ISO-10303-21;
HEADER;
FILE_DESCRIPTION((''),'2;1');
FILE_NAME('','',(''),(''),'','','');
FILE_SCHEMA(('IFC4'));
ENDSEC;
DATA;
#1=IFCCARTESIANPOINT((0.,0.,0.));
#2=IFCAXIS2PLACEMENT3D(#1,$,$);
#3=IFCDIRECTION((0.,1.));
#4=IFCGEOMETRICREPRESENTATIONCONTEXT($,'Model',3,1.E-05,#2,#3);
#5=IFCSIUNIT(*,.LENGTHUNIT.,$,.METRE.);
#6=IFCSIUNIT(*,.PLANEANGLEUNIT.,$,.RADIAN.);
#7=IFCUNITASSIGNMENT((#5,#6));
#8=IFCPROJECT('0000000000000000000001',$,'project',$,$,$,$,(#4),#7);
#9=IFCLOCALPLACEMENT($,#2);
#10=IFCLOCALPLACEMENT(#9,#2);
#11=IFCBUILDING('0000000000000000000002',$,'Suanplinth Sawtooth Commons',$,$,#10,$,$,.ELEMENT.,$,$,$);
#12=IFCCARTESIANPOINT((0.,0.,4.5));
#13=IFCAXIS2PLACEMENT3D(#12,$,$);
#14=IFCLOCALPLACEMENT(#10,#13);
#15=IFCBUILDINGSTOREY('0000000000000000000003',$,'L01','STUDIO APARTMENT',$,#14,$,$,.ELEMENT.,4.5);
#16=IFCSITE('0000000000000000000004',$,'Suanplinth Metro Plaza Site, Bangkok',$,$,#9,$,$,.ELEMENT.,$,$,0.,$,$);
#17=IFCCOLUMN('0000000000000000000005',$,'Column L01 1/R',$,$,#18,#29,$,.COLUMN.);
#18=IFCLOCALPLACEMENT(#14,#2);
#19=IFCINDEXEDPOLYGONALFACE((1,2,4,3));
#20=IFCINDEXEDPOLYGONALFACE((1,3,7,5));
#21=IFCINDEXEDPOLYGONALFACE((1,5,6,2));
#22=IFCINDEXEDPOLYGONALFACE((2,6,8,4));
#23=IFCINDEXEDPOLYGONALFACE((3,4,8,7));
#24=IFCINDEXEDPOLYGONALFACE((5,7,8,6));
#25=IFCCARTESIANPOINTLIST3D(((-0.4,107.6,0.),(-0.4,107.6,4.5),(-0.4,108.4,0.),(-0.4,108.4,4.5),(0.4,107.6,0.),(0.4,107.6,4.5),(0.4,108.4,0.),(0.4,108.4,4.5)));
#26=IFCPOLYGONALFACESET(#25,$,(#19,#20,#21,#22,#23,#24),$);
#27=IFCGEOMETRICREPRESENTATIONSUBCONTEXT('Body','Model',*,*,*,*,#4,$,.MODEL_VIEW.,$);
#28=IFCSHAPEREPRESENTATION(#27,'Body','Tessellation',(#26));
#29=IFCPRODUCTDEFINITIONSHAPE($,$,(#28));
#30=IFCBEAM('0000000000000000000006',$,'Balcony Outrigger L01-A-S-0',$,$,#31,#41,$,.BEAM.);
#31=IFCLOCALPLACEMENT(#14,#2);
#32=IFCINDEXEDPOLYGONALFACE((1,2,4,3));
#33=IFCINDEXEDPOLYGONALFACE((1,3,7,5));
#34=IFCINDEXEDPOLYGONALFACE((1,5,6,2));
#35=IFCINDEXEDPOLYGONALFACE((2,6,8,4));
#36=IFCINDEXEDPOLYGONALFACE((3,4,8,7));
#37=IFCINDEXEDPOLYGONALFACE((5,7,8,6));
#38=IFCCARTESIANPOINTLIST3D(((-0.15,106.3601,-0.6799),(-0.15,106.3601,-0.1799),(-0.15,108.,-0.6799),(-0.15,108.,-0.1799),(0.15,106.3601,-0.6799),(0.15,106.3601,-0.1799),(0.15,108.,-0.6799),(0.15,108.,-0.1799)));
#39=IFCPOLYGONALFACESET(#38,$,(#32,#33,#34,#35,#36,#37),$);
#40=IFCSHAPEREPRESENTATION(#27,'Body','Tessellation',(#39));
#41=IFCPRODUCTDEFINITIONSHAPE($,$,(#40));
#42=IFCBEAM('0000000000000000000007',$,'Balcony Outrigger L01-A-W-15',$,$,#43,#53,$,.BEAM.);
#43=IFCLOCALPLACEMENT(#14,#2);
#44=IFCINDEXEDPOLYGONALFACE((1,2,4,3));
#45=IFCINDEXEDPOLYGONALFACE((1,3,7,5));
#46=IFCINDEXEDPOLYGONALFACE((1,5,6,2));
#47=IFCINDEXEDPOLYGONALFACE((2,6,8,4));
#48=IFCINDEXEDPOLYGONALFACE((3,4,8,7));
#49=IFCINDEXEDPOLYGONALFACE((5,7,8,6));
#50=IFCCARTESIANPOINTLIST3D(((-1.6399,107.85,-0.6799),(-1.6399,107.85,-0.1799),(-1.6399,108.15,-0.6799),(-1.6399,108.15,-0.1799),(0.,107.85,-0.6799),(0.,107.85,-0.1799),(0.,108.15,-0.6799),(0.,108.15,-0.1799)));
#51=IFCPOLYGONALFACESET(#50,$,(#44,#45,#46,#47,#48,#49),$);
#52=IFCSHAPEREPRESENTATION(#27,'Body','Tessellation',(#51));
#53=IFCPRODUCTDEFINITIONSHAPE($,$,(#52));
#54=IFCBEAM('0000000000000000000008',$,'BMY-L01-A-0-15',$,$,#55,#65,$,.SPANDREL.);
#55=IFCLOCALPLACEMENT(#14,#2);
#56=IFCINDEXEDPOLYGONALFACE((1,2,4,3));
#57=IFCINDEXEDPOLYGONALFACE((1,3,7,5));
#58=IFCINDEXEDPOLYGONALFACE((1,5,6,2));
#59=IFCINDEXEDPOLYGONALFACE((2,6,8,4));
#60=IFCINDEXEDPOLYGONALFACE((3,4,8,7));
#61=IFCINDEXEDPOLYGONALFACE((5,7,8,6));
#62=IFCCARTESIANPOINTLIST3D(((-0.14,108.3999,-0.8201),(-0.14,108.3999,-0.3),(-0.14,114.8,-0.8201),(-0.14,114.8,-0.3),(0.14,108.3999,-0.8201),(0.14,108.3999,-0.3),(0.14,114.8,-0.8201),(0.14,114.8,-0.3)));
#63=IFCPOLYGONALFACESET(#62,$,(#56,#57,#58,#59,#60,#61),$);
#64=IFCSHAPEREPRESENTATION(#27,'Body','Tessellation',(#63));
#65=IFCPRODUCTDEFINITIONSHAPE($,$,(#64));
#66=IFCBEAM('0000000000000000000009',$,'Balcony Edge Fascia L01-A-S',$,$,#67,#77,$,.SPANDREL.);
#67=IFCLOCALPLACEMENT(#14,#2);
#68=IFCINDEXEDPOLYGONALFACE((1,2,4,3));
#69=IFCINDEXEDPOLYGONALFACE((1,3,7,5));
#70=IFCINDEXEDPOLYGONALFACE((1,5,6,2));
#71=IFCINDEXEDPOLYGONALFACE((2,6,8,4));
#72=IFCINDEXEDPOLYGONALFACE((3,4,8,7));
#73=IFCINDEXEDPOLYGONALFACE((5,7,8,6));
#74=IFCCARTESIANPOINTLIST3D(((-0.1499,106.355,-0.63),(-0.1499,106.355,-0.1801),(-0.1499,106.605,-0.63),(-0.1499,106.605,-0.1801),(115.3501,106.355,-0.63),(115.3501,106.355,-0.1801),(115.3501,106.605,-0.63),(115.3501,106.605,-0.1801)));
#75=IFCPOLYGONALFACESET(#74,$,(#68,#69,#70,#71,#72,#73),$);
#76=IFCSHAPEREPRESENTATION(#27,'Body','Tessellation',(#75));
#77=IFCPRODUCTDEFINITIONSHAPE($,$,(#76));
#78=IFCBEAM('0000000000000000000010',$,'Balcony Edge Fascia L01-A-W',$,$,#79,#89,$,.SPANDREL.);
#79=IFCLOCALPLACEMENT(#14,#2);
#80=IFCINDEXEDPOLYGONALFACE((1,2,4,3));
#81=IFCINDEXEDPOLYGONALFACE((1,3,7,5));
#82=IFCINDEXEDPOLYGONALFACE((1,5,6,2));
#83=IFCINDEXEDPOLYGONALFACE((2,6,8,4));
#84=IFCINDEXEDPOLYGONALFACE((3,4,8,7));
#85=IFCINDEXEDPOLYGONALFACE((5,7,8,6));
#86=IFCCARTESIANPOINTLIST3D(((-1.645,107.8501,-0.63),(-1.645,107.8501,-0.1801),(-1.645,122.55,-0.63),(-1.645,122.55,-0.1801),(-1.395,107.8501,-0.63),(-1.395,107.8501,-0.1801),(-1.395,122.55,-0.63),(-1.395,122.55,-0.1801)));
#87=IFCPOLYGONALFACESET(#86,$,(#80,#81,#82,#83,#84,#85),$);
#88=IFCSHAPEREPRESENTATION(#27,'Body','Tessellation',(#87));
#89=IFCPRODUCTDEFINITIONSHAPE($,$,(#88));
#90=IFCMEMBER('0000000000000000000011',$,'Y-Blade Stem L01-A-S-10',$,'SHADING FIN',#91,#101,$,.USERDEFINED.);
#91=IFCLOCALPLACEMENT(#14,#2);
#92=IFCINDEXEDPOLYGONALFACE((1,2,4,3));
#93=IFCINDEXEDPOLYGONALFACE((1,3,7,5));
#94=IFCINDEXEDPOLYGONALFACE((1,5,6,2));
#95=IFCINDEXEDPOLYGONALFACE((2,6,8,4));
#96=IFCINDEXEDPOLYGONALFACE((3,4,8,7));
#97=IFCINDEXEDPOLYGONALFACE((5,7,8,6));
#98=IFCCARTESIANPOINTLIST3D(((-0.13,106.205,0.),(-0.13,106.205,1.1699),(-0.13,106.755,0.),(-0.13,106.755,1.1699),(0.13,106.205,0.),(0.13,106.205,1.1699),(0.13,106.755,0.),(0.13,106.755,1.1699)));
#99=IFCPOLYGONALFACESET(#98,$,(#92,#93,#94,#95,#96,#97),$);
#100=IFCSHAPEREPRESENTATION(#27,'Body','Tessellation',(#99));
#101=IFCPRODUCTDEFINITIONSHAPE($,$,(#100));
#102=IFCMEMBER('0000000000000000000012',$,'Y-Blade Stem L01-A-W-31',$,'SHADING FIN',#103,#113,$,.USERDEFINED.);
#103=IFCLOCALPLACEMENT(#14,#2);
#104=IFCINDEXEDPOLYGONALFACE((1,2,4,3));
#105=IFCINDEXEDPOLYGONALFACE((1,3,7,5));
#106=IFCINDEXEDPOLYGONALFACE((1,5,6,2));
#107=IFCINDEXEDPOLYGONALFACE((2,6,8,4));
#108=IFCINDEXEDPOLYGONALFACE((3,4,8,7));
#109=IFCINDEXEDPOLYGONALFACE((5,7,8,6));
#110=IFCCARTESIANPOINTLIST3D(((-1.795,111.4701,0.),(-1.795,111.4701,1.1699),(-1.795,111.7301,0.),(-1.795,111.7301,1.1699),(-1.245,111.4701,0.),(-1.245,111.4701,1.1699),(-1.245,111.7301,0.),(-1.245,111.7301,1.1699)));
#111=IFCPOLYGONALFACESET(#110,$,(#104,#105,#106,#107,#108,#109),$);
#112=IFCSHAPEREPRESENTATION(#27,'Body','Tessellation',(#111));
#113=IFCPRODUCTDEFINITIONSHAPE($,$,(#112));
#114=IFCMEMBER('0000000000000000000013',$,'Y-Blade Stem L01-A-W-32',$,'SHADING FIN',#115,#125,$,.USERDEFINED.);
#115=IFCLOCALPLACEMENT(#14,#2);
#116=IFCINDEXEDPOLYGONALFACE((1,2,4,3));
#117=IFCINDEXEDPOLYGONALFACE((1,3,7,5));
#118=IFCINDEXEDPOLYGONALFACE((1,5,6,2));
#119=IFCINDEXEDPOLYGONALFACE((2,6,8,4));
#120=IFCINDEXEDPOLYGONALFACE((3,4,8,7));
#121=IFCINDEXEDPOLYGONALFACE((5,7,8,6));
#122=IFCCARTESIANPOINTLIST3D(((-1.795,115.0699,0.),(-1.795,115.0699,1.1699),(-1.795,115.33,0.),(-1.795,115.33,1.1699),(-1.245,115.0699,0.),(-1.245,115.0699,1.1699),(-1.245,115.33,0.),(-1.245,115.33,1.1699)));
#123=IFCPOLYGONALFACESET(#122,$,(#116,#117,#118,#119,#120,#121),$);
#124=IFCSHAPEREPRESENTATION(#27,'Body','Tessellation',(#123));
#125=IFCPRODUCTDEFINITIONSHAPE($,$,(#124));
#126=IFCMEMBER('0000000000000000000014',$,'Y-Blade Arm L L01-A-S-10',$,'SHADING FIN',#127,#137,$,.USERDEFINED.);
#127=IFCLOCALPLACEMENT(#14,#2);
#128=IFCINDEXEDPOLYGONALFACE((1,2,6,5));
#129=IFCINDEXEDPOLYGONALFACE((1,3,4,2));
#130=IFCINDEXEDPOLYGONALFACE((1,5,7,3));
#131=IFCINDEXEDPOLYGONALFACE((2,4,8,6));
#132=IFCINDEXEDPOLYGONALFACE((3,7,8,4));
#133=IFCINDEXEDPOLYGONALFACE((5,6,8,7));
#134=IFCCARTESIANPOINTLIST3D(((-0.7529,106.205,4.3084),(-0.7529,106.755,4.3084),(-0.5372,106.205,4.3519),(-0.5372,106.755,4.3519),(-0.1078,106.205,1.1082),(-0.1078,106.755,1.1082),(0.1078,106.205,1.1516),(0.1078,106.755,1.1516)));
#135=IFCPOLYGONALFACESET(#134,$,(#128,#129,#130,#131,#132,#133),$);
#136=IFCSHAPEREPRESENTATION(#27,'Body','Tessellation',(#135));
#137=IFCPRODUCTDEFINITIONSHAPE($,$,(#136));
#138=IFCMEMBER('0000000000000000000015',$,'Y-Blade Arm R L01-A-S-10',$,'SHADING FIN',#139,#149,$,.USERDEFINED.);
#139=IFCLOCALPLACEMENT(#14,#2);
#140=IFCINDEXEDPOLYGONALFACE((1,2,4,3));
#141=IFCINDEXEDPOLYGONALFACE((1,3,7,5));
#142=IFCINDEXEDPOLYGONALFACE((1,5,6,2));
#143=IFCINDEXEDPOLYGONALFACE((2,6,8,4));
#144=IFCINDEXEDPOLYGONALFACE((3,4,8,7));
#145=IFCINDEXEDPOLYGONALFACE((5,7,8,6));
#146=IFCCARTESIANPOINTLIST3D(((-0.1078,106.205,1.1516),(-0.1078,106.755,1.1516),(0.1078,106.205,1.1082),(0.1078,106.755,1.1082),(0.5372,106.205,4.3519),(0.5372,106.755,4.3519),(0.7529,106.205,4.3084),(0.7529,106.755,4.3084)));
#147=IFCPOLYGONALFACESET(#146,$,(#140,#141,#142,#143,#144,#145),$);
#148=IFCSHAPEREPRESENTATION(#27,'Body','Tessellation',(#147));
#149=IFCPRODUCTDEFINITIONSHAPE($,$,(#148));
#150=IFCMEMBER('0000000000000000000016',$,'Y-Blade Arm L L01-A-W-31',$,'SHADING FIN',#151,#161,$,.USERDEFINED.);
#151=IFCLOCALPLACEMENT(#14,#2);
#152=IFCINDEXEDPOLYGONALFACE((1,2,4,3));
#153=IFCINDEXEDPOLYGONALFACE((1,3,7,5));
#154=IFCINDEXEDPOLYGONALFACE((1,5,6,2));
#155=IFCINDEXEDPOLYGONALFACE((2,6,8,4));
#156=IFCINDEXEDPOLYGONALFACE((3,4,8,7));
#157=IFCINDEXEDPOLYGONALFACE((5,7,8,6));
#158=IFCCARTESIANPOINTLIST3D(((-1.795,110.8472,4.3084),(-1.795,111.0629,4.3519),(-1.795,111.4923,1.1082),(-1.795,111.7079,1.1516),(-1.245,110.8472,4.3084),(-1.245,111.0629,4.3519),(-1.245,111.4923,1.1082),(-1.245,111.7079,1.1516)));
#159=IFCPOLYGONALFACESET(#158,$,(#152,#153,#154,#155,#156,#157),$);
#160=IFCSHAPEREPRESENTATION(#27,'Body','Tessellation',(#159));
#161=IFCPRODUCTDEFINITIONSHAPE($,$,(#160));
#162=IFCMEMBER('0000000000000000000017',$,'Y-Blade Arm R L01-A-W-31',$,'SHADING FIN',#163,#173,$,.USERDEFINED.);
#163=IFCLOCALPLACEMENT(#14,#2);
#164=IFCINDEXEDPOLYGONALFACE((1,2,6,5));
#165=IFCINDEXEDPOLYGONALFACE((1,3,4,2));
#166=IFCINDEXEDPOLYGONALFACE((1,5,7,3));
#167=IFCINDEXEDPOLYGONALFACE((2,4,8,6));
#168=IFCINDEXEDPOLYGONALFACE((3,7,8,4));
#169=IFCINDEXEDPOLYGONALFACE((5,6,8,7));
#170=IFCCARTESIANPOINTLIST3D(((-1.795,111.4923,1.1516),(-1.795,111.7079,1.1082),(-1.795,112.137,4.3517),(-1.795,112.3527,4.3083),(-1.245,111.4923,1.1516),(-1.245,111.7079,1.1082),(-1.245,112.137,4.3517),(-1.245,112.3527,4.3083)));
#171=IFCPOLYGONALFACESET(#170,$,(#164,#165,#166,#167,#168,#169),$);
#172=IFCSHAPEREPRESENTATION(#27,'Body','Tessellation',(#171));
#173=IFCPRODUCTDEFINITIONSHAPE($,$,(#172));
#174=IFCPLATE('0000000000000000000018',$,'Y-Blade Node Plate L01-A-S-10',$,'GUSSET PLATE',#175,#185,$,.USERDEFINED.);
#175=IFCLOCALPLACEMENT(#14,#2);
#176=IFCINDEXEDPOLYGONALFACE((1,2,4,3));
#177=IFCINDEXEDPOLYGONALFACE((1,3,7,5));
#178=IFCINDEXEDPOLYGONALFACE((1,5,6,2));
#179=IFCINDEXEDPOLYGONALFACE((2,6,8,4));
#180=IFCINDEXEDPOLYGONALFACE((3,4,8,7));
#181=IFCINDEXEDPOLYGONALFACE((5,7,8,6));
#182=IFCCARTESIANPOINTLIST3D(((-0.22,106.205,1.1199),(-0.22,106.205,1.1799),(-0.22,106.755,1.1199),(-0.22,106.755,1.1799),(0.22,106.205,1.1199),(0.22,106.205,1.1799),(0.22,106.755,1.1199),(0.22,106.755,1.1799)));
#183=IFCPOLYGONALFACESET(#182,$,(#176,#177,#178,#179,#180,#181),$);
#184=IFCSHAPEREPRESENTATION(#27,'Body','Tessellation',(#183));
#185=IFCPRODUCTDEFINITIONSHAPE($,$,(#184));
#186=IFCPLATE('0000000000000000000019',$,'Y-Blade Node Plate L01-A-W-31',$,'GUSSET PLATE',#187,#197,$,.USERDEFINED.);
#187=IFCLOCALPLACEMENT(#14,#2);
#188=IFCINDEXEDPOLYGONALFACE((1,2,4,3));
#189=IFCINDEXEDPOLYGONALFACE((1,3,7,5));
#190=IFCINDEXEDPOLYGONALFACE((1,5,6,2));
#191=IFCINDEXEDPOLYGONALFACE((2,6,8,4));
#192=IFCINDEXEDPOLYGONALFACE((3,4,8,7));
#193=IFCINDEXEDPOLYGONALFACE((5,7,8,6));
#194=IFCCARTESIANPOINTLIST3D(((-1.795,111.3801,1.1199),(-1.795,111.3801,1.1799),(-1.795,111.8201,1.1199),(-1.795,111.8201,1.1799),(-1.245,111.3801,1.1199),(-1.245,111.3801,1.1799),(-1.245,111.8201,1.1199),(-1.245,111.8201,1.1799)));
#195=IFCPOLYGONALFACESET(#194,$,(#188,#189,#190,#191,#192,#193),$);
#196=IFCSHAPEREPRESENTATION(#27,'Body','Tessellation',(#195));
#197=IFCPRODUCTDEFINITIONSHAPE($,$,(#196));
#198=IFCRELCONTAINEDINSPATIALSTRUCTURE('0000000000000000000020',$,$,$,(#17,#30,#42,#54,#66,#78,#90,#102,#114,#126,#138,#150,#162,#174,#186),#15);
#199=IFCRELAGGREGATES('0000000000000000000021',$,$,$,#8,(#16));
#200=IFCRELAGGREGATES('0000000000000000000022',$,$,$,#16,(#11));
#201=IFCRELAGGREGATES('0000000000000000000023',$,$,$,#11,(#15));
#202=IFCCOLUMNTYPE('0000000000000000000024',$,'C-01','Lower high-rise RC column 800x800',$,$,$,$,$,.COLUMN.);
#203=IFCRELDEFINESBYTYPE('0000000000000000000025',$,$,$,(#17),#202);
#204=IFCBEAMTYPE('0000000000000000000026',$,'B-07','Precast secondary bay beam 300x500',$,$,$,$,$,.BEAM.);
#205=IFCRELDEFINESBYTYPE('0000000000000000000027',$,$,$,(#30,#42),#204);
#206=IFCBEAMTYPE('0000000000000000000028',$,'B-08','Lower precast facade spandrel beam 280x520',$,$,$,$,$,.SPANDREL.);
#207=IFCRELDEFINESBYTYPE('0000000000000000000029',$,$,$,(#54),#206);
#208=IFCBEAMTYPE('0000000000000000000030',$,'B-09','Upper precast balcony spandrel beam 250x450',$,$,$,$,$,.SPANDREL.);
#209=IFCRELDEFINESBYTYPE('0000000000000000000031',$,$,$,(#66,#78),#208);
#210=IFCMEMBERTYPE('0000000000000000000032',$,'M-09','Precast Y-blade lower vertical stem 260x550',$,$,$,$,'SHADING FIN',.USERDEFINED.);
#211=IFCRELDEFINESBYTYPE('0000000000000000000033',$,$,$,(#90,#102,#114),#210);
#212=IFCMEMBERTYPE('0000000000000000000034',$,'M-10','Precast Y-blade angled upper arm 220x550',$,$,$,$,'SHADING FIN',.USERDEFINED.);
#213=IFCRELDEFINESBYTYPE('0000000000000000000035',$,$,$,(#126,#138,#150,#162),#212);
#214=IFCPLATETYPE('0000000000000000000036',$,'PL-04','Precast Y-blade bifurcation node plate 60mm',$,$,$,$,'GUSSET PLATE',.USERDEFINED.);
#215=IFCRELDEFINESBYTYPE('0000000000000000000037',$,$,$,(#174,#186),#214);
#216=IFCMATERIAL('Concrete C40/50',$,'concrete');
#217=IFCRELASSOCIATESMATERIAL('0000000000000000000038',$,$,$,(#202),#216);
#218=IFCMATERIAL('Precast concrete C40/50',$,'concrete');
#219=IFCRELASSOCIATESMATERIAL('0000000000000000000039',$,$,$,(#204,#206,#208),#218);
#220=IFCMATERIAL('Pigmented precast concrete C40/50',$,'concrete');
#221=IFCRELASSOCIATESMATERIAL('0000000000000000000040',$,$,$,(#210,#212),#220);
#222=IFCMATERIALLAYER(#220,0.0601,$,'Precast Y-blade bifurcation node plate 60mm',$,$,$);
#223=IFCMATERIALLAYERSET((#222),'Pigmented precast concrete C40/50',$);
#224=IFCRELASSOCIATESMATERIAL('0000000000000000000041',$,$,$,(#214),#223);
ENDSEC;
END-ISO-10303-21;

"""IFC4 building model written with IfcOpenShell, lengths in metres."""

from ifc_helpers import new_model, si_unit, direction, frame, origin, origin_2d, place, context, subcontext, project, spatial, rectangle, extrude, material, layer, layer_set, material_profile, profile_set, type_object, element, save


model = new_model("IFC4")

# Units and contexts
model_context = context("Model", 3, precision=1e-05, world=origin(), true_north=direction((0.0, 1.0)))
body_context = subcontext(model_context, "Body", "Model", "MODEL_VIEW")
ifc_project = project(units=[si_unit("LENGTHUNIT", "METRE"), si_unit("PLANEANGLEUNIT", "RADIAN")], contexts=[model_context])

# Site, building, storey
site_placement = place(None, origin())
site = spatial("IfcSite", under=ifc_project, at=site_placement, Name="Suanplinth Metro Plaza Site, Bangkok", CompositionType="ELEMENT", RefElevation=0.0)
building_placement = place(site_placement, origin())
building = spatial("IfcBuilding", under=site, at=building_placement, Name="Suanplinth Sawtooth Commons", CompositionType="ELEMENT")
storey_placement = place(building_placement, frame((0.0, 0.0, 4.5)))
storey = spatial("IfcBuildingStorey", under=building, at=storey_placement, Name="L01", Description="STUDIO APARTMENT", CompositionType="ELEMENT", Elevation=4.5)

# Column
ifc_material_1 = material(Name="Concrete C40/50", Category="concrete")
ifc_material_profile_1 = material_profile(ifc_material_1, rectangle(XDim=0.8, YDim=0.8, at=origin_2d()), Name="RC-COL 800x800")
ifc_profile_set_1 = profile_set([ifc_material_profile_1], Name="Concrete C40/50")
column_type = type_object("IfcColumnType", Name="C-01", Description="Lower high-rise RC column 800x800", PredefinedType="COLUMN", material=ifc_profile_set_1)
column_placement = place(storey_placement, frame((0.0, 108.0, 0.0), z_axis=(0.0, 0.0, 1.0), x_axis=(1.0, 0.0, 0.0)))
element("IfcColumn", 1, at=column_placement, inside=storey, type_object=column_type, Name="Column L01 1/R", PredefinedType="COLUMN", context=body_context, shape_type="SweptSolid", body=[
    extrude(rectangle(XDim=0.8, YDim=0.8, at=origin_2d()), origin(), (0.0, 0.0, 1.0), 4.5),
])

# Beams
ifc_material_2 = material(Name="Precast concrete C40/50", Category="concrete")
ifc_material_profile_2 = material_profile(ifc_material_2, rectangle(XDim=0.3, YDim=0.5, at=origin_2d()), Name="PC-BM 300x500")
ifc_profile_set_2 = profile_set([ifc_material_profile_2], Name="Precast concrete C40/50")
beam_type_1 = type_object("IfcBeamType", Name="B-07", Description="Precast secondary bay beam 300x500", PredefinedType="BEAM", material=ifc_profile_set_2)
for number, where, z_axis, x_axis, name in (
    (2, (0.0, 108.0, -0.4299), (0.0, -1.0, 0.0), (1.0, 0.0, 0.0), "Balcony Outrigger L01-A-S-0"),
    (3, (0.0, 108.0, -0.4299), (-1.0, 0.0, 0.0), (0.0, -1.0, 0.0), "Balcony Outrigger L01-A-W-15"),
):
    element("IfcBeam", number, at=place(storey_placement, frame(where, z_axis=z_axis, x_axis=x_axis)), inside=storey, type_object=beam_type_1, Name=name, PredefinedType="BEAM", context=body_context, shape_type="SweptSolid", body=[
        extrude(rectangle(XDim=0.3, YDim=0.5, at=origin_2d()), origin(), (0.0, 0.0, 1.0), 1.6399),
    ])
ifc_material_profile_3 = material_profile(ifc_material_2, rectangle(XDim=0.28, YDim=0.52, at=origin_2d()), Name="PC-SP 280x520")
ifc_profile_set_3 = profile_set([ifc_material_profile_3], Name="Precast concrete C40/50")
beam_type_2 = type_object("IfcBeamType", Name="B-08", Description="Lower precast facade spandrel beam 280x520", PredefinedType="SPANDREL", material=ifc_profile_set_3)
beam_1_placement = place(storey_placement, frame((0.0, 108.3999, -0.5601), z_axis=(0.0, 1.0, 0.0), x_axis=(-1.0, 0.0, 0.0)))
element("IfcBeam", 4, at=beam_1_placement, inside=storey, type_object=beam_type_2, Name="BMY-L01-A-0-15", PredefinedType="SPANDREL", context=body_context, shape_type="SweptSolid", body=[
    extrude(rectangle(XDim=0.28, YDim=0.52, at=origin_2d()), origin(), (0.0, 0.0, 1.0), 6.4001),
])
ifc_material_profile_4 = material_profile(ifc_material_2, rectangle(XDim=0.25, YDim=0.45, at=origin_2d()), Name="PC-SP 250x450")
ifc_profile_set_4 = profile_set([ifc_material_profile_4], Name="Precast concrete C40/50")
beam_type_3 = type_object("IfcBeamType", Name="B-09", Description="Upper precast balcony spandrel beam 250x450", PredefinedType="SPANDREL", material=ifc_profile_set_4)
beam_2_placement = place(storey_placement, frame((-0.1499, 106.48, -0.405), z_axis=(1.0, 0.0, 0.0), x_axis=(0.0, 1.0, 0.0)))
element("IfcBeam", 5, at=beam_2_placement, inside=storey, type_object=beam_type_3, Name="Balcony Edge Fascia L01-A-S", PredefinedType="SPANDREL", context=body_context, shape_type="SweptSolid", body=[
    extrude(rectangle(XDim=0.25, YDim=0.45, at=origin_2d()), origin(), (0.0, 0.0, 1.0), 115.5),
])
beam_3_placement = place(storey_placement, frame((-1.52, 107.8501, -0.405), z_axis=(0.0, 1.0, 0.0), x_axis=(-1.0, 0.0, 0.0)))
element("IfcBeam", 6, at=beam_3_placement, inside=storey, type_object=beam_type_3, Name="Balcony Edge Fascia L01-A-W", PredefinedType="SPANDREL", context=body_context, shape_type="SweptSolid", body=[
    extrude(rectangle(XDim=0.25, YDim=0.45, at=origin_2d()), origin(), (0.0, 0.0, 1.0), 14.7),
])

# Members
ifc_material_3 = material(Name="Pigmented precast concrete C40/50", Category="concrete")
ifc_material_profile_5 = material_profile(ifc_material_3, rectangle(XDim=0.26, YDim=0.55, at=origin_2d()), Name="PC-FIN 260x550")
ifc_profile_set_5 = profile_set([ifc_material_profile_5], Name="Pigmented precast concrete C40/50")
member_type_1 = type_object("IfcMemberType", Name="M-09", Description="Precast Y-blade lower vertical stem 260x550", ElementType="SHADING FIN", PredefinedType="USERDEFINED", material=ifc_profile_set_5)
for number, where, z_axis, x_axis, name in (
    (7, (0.0, 106.48, 0.0), (0.0, 0.0, 1.0), (1.0, 0.0, 0.0), "Y-Blade Stem L01-A-S-10"),
    (8, (-1.52, 111.6001, 0.0), (0.0, 0.0, 1.0), (0.0, 1.0, 0.0), "Y-Blade Stem L01-A-W-31"),
    (9, (-1.52, 115.2, 0.0), (0.0, 0.0, 1.0), (0.0, 1.0, 0.0), "Y-Blade Stem L01-A-W-32"),
):
    element("IfcMember", number, at=place(storey_placement, frame(where, z_axis=z_axis, x_axis=x_axis)), inside=storey, type_object=member_type_1, Name=name, ObjectType="SHADING FIN", PredefinedType="USERDEFINED", context=body_context, shape_type="SweptSolid", body=[
        extrude(rectangle(XDim=0.26, YDim=0.55, at=origin_2d()), origin(), (0.0, 0.0, 1.0), 1.1699),
    ])
ifc_material_profile_6 = material_profile(ifc_material_3, rectangle(XDim=0.22, YDim=0.55, at=origin_2d()), Name="PC-FIN 220x550")
ifc_profile_set_6 = profile_set([ifc_material_profile_6], Name="Pigmented precast concrete C40/50")
member_type_2 = type_object("IfcMemberType", Name="M-10", Description="Precast Y-blade angled upper arm 220x550", ElementType="SHADING FIN", PredefinedType="USERDEFINED", material=ifc_profile_set_6)
for number, where, z_axis, x_axis, name in (
    (10, (0.0, 106.48, 1.1299), (-0.197583, 0.0, 0.980286), (0.980286, 0.0, 0.197583), "Y-Blade Arm L L01-A-S-10"),
    (11, (0.0, 106.48, 1.1299), (0.197583, 0.0, 0.980286), (-0.980286, 0.0, 0.197583), "Y-Blade Arm R L01-A-S-10"),
    (12, (-1.52, 111.6001, 1.1299), (0.0, -0.197583, 0.980286), (0.0, 0.980286, 0.197583), "Y-Blade Arm L L01-A-W-31"),
):
    element("IfcMember", number, at=place(storey_placement, frame(where, z_axis=z_axis, x_axis=x_axis)), inside=storey, type_object=member_type_2, Name=name, ObjectType="SHADING FIN", PredefinedType="USERDEFINED", context=body_context, shape_type="SweptSolid", body=[
        extrude(rectangle(XDim=0.22, YDim=0.55, at=origin_2d()), origin(), (0.0, 0.0, 1.0), 3.2646),
    ])
member_placement = place(storey_placement, frame((-1.52, 111.6001, 1.1299), z_axis=(0.0, 0.197511, 0.980301), x_axis=(0.0, -0.980301, 0.197511)))
element("IfcMember", 13, at=member_placement, inside=storey, type_object=member_type_2, Name="Y-Blade Arm R L01-A-W-31", ObjectType="SHADING FIN", PredefinedType="USERDEFINED", context=body_context, shape_type="SweptSolid", body=[
    extrude(rectangle(XDim=0.22, YDim=0.55, at=origin_2d()), origin(), (0.0, 0.0, 1.0), 3.2644),
])

# Plates
ifc_layer_1 = layer(ifc_material_3, 0.0601, Name="Precast Y-blade bifurcation node plate 60mm")
ifc_layer_set_1 = layer_set([ifc_layer_1], Name="Pigmented precast concrete C40/50")
plate_type = type_object("IfcPlateType", Name="PL-04", Description="Precast Y-blade bifurcation node plate 60mm", ElementType="GUSSET PLATE", PredefinedType="USERDEFINED", material=ifc_layer_set_1)
for number, where, z_axis, x_axis, name in (
    (14, (0.0, 106.48, 1.1199), (0.0, 0.0, 1.0), (1.0, 0.0, 0.0), "Y-Blade Node Plate L01-A-S-10"),
    (15, (-1.52, 111.6001, 1.1199), (0.0, 0.0, 1.0), (0.0, 1.0, 0.0), "Y-Blade Node Plate L01-A-W-31"),
):
    element("IfcPlate", number, at=place(storey_placement, frame(where, z_axis=z_axis, x_axis=x_axis)), inside=storey, type_object=plate_type, Name=name, ObjectType="GUSSET PLATE", PredefinedType="USERDEFINED", context=body_context, shape_type="SweptSolid", body=[
        extrude(rectangle(XDim=0.4399, YDim=0.55, at=origin_2d()), origin(), (0.0, 0.0, 1.0), 0.0601),
    ])

save(model, "model.ifc")
